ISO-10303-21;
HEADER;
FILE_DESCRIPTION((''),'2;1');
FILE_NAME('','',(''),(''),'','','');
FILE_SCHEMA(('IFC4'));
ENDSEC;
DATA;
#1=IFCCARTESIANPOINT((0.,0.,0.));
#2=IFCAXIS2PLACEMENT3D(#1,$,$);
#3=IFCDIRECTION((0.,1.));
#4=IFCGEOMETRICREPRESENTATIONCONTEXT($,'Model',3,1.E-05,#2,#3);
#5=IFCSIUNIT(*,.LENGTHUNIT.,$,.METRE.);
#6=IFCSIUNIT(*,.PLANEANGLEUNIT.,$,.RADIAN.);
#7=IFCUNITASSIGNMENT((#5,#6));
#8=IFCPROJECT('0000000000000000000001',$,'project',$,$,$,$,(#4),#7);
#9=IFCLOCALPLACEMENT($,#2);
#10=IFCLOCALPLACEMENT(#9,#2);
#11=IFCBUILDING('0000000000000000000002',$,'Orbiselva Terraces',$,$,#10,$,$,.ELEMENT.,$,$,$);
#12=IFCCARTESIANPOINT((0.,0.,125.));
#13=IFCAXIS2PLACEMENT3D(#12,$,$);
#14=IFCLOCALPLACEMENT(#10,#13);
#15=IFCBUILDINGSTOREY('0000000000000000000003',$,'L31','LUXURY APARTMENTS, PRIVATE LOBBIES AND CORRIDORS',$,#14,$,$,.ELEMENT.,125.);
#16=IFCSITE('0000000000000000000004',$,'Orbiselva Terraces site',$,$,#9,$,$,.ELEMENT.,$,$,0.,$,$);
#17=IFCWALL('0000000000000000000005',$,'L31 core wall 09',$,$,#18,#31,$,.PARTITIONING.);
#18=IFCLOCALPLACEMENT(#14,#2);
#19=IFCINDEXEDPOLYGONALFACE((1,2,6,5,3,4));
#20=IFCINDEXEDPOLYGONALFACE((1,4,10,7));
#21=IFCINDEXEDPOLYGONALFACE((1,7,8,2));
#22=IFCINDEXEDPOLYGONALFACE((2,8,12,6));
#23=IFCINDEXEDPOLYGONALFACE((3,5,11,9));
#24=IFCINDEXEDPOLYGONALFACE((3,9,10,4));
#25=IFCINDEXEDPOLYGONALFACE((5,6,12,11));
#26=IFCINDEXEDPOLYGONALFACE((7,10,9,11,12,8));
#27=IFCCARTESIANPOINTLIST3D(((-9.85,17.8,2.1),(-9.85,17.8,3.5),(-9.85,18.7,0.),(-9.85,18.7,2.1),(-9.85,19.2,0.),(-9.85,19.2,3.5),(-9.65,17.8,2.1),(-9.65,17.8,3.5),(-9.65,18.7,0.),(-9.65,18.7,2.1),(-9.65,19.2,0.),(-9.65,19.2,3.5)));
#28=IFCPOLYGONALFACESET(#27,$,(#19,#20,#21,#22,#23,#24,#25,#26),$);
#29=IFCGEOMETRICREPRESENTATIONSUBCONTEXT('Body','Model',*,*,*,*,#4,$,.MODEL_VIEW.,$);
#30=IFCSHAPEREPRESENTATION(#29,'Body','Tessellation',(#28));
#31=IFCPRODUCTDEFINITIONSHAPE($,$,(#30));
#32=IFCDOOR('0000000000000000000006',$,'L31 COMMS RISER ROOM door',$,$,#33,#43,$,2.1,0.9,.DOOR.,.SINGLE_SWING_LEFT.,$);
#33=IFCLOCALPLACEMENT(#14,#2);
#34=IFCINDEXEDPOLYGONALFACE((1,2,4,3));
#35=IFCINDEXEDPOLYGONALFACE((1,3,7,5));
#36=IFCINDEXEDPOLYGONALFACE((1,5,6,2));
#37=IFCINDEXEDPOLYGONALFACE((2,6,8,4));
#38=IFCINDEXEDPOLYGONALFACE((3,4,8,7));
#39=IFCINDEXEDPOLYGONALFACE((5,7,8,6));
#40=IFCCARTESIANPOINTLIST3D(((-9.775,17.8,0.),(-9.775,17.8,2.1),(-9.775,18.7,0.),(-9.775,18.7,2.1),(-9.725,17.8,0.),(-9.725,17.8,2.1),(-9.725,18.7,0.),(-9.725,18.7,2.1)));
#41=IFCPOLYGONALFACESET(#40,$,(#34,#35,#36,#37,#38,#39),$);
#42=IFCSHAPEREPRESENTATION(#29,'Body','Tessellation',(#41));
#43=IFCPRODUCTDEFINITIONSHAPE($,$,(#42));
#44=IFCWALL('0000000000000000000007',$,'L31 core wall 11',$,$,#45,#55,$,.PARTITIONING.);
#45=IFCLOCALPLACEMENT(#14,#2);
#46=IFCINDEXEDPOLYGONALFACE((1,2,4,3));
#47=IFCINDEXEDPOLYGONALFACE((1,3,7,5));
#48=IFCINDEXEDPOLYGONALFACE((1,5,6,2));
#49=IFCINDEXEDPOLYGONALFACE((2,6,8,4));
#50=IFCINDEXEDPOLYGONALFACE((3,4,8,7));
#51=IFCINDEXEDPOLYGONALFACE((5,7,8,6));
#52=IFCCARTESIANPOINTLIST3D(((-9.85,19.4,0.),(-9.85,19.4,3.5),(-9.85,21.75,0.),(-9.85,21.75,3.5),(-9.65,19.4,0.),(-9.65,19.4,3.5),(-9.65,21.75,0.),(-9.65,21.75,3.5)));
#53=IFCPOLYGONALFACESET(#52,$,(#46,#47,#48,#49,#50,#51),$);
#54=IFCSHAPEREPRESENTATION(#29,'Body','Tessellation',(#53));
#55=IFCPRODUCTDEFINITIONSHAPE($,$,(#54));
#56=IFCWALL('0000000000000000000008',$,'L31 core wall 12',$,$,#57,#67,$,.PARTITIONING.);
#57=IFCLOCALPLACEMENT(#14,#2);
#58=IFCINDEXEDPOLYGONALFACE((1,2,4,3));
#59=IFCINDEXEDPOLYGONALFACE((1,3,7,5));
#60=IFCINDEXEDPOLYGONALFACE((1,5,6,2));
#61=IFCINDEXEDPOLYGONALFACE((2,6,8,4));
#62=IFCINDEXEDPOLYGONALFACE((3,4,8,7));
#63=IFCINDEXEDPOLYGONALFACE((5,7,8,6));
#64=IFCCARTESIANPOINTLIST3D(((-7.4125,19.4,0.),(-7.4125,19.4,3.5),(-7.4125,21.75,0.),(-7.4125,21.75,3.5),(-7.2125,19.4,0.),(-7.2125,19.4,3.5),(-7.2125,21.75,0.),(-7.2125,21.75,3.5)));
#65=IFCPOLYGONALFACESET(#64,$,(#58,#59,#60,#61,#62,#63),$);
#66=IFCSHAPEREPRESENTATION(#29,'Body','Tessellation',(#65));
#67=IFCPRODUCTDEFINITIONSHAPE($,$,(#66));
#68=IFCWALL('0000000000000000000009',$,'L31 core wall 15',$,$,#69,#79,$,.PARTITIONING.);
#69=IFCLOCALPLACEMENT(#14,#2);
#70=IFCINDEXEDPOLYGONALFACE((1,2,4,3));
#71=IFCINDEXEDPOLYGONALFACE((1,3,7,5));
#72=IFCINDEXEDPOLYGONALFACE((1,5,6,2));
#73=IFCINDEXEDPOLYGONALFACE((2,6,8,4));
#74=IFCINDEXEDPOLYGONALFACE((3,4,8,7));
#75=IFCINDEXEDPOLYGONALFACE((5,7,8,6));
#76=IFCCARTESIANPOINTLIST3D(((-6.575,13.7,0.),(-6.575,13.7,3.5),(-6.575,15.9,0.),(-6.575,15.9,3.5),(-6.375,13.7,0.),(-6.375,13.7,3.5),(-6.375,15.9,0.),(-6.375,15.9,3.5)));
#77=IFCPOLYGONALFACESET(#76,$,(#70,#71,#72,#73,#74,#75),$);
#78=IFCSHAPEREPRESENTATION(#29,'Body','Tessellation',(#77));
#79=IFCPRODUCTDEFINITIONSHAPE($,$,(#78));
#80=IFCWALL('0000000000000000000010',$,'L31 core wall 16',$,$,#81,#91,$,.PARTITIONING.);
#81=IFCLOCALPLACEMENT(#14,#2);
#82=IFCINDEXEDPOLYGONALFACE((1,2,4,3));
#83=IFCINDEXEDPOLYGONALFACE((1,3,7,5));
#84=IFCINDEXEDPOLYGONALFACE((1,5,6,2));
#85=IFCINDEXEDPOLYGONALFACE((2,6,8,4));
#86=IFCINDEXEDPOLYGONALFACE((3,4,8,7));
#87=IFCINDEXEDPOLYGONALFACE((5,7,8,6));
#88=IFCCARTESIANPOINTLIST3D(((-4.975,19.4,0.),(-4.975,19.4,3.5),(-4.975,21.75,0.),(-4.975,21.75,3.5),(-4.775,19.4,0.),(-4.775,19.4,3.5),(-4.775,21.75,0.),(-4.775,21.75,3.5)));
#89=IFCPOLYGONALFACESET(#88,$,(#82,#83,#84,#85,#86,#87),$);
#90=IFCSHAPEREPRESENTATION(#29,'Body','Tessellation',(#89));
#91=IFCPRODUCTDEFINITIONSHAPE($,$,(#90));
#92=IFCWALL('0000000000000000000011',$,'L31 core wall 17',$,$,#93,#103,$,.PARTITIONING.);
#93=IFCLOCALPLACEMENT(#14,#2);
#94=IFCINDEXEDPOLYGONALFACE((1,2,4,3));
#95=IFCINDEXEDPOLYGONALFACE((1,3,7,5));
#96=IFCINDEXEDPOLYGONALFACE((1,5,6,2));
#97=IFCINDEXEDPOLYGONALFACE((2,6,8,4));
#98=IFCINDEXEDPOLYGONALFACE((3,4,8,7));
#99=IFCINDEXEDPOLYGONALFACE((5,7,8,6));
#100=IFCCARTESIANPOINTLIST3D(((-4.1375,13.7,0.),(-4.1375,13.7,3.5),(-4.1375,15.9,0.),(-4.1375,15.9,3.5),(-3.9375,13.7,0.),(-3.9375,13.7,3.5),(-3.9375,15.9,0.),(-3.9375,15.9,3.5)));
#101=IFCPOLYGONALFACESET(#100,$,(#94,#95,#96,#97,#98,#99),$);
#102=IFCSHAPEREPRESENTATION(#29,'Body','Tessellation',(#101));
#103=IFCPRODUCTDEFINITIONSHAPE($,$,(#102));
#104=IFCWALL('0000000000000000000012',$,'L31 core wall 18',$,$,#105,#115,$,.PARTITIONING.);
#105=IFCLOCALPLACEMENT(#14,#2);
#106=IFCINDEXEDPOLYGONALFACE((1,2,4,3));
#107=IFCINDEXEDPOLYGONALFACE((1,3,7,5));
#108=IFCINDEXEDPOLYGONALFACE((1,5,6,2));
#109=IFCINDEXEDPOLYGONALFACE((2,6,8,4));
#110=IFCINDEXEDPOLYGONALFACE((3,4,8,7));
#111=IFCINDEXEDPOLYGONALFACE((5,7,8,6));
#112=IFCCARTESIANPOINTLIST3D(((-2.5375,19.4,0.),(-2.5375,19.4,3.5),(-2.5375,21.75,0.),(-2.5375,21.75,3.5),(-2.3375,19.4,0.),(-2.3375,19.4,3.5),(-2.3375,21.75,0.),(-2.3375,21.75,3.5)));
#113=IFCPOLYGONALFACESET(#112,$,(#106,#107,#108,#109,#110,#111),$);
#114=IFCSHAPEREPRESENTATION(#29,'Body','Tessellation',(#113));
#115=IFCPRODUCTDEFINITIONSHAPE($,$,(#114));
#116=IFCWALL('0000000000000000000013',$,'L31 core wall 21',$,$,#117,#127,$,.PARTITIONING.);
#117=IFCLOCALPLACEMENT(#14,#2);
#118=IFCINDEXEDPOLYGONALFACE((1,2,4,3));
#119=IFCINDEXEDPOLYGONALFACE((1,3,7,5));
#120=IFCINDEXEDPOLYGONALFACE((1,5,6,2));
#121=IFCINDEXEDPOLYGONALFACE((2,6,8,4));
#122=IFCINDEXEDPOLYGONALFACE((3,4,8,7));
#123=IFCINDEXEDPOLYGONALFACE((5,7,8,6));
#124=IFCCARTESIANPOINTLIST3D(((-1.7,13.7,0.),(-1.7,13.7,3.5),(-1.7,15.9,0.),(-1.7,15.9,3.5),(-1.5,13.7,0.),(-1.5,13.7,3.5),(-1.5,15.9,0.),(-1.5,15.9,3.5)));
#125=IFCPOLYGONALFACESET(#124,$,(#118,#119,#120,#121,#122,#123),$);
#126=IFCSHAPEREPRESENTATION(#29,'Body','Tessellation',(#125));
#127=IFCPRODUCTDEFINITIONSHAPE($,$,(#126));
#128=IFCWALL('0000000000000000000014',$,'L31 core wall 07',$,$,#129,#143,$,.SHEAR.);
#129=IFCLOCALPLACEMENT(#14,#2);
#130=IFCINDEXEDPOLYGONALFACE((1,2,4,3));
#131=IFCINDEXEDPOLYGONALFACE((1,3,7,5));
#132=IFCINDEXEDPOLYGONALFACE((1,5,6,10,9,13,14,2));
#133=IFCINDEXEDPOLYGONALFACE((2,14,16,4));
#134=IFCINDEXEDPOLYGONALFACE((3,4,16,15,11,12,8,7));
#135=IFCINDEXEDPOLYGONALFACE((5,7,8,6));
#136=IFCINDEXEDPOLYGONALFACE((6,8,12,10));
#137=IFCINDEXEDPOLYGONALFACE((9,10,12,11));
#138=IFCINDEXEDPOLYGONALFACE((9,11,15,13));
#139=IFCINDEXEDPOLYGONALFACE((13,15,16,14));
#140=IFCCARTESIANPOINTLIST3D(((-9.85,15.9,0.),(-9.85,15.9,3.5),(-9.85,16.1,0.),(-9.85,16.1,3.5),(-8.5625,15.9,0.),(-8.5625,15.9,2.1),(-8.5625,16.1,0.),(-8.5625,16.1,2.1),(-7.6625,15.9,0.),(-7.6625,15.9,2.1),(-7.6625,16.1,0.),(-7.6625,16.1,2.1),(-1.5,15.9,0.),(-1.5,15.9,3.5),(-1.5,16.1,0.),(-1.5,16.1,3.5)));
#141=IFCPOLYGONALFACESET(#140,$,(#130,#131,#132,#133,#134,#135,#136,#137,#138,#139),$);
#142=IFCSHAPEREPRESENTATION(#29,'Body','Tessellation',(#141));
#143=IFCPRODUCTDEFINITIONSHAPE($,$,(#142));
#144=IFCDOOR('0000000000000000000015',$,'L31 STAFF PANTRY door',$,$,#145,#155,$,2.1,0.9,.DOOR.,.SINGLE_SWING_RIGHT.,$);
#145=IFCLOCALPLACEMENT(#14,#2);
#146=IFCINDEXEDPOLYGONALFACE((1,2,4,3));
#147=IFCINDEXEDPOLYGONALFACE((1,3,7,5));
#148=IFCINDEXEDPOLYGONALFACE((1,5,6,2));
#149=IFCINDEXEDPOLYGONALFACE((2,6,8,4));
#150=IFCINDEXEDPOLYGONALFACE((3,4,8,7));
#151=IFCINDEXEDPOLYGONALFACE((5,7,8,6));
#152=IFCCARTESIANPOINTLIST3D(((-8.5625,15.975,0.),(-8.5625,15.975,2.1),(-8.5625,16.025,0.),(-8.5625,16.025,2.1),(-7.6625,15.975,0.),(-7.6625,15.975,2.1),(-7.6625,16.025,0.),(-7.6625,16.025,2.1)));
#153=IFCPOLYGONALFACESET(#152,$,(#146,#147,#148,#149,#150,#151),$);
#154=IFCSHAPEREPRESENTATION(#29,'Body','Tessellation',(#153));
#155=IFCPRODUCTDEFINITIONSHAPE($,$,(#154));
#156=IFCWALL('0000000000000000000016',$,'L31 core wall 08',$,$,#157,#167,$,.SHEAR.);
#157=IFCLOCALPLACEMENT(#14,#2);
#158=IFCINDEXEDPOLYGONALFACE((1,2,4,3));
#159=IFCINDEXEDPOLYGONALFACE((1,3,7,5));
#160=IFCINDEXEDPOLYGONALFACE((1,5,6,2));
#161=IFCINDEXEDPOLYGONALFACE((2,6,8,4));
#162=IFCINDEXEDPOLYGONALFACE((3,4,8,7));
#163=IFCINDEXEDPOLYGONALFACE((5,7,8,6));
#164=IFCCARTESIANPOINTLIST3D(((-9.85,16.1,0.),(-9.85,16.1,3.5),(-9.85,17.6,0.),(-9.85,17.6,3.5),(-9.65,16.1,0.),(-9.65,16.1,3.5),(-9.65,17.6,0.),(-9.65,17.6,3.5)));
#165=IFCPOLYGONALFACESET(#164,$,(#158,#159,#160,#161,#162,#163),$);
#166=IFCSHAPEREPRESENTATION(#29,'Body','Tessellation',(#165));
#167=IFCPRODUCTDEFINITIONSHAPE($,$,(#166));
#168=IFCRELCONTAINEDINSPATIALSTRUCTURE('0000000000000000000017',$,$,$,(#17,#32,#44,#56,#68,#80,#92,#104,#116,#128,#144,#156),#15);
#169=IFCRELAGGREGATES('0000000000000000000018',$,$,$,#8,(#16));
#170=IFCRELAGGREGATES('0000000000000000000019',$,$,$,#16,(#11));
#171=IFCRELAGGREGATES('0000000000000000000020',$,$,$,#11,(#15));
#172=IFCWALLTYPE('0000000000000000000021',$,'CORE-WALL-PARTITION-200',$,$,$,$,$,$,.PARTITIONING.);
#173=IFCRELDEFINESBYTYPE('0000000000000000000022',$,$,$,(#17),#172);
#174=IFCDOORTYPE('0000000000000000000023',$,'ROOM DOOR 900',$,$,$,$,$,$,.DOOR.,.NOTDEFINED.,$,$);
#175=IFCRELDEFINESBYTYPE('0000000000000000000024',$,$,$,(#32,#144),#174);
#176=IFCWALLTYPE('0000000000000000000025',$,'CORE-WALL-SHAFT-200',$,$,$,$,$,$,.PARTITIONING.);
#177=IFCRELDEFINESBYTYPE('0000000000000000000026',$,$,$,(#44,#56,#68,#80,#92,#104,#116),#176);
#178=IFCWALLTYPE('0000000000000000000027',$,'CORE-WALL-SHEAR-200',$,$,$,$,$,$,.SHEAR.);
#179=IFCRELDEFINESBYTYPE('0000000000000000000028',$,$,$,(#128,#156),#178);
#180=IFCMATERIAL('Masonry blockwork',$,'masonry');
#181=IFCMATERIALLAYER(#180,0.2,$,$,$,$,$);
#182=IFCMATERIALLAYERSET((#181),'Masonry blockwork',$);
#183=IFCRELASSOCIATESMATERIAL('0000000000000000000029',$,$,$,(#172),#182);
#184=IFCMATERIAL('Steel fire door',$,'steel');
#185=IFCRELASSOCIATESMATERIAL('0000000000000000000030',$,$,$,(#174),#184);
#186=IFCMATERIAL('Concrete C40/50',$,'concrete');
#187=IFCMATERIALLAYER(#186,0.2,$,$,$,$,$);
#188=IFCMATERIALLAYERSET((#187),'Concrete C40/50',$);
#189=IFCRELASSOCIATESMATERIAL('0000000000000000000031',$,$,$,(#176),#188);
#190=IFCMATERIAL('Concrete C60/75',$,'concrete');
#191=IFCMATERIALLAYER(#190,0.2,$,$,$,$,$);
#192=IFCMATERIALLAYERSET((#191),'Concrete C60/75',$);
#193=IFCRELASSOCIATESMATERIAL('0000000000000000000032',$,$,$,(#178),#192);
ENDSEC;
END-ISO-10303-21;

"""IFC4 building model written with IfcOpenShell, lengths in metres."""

from ifc_helpers import new_model, si_unit, direction, frame, frame_2d, origin, place, context, subcontext, project, spatial, rectangle, extrude, material, layer, layer_set, type_object, element, fill, save


model = new_model("IFC4")

# Units and contexts
model_context = context("Model", 3, precision=1e-05, world=origin(), true_north=direction((0.0, 1.0)))
body_context = subcontext(model_context, "Body", "Model", "MODEL_VIEW")
ifc_project = project(units=[si_unit("LENGTHUNIT", "METRE"), si_unit("PLANEANGLEUNIT", "RADIAN")], contexts=[model_context])

# Site, building, storey
site_placement = place(None, origin())
site = spatial("IfcSite", under=ifc_project, at=site_placement, Name="Orbiselva Terraces site", CompositionType="ELEMENT", RefElevation=0.0)
building_placement = place(site_placement, origin())
building = spatial("IfcBuilding", under=site, at=building_placement, Name="Orbiselva Terraces", CompositionType="ELEMENT")
storey_placement = place(building_placement, frame((0.0, 0.0, 125.0)))
storey = spatial("IfcBuildingStorey", under=building, at=storey_placement, Name="L31", Description="LUXURY APARTMENTS, PRIVATE LOBBIES AND CORRIDORS", CompositionType="ELEMENT", Elevation=125.0)

# Wall, opening, door
ifc_material_1 = material(Name="Masonry blockwork", Category="masonry")
ifc_layer_1 = layer(ifc_material_1, 0.2)
ifc_layer_set_1 = layer_set([ifc_layer_1], Name="Masonry blockwork")
wall_type_1 = type_object("IfcWallType", Name="CORE-WALL-PARTITION-200", PredefinedType="PARTITIONING", material=ifc_layer_set_1)
wall_1_placement = place(storey_placement, frame((-9.75, 17.8, 0.0), z_axis=(0.0, 0.0, 1.0), x_axis=(0.0, 1.0, 0.0)))
wall_1 = element("IfcWall", 1, at=wall_1_placement, inside=storey, type_object=wall_type_1, Name="L31 core wall 09", PredefinedType="PARTITIONING", context=body_context, shape_type="SweptSolid", body=[
    extrude(rectangle(XDim=1.4, YDim=0.2, at=frame_2d((0.7, 0.0))), origin(), (0.0, 0.0, 1.0), 3.5),
])
opening_1_placement = place(wall_1_placement, origin())
opening_1 = element("IfcOpeningElement", 2, at=opening_1_placement, cuts=wall_1, PredefinedType="OPENING", context=body_context, shape_type="SweptSolid", body=[
    extrude(rectangle(XDim=0.9, YDim=2.1, at=frame_2d((0.45, 1.05))), frame((0.0, 0.11, 0.0), z_axis=(0.0, -1.0, 0.0), x_axis=(1.0, 0.0, 0.0)), (0.0, 0.0, 1.0), 0.22),
])
ifc_material_2 = material(Name="Steel fire door", Category="steel")
door_type_1 = type_object("IfcDoorType", Name="ROOM DOOR 900", OperationType="NOTDEFINED", PredefinedType="DOOR", material=ifc_material_2)
door_1_placement = place(opening_1_placement, origin())
door_1 = element("IfcDoor", 3, at=door_1_placement, inside=storey, type_object=door_type_1, Name="L31 COMMS RISER ROOM door", OperationType="SINGLE_SWING_LEFT", OverallHeight=2.1, OverallWidth=0.9, PredefinedType="DOOR", context=body_context, shape_type="SweptSolid", body=[
    extrude(rectangle(XDim=0.9, YDim=2.1, at=frame_2d((0.45, 1.05))), frame((0.0, 0.025, 0.0), z_axis=(0.0, -1.0, 0.0), x_axis=(1.0, 0.0, 0.0)), (0.0, 0.0, 1.0), 0.05),
])
fill(opening_1, door_1)

# Walls
ifc_material_3 = material(Name="Concrete C40/50", Category="concrete")
ifc_layer_2 = layer(ifc_material_3, 0.2)
ifc_layer_set_2 = layer_set([ifc_layer_2], Name="Concrete C40/50")
wall_type_2 = type_object("IfcWallType", Name="CORE-WALL-SHAFT-200", PredefinedType="PARTITIONING", material=ifc_layer_set_2)
for number, where, z_axis, x_axis, name in (
    (4, (-9.75, 19.4, 0.0), (0.0, 0.0, 1.0), (0.0, 1.0, 0.0), "L31 core wall 11"),
    (5, (-7.3125, 19.4, 0.0), (0.0, 0.0, 1.0), (0.0, 1.0, 0.0), "L31 core wall 12"),
):
    element("IfcWall", number, at=place(storey_placement, frame(where, z_axis=z_axis, x_axis=x_axis)), inside=storey, type_object=wall_type_2, Name=name, PredefinedType="PARTITIONING", context=body_context, shape_type="SweptSolid", body=[
        extrude(rectangle(XDim=2.35, YDim=0.2, at=frame_2d((1.175, 0.0))), origin(), (0.0, 0.0, 1.0), 3.5),
    ])
wall_2_placement = place(storey_placement, frame((-6.475, 13.7, 0.0), z_axis=(0.0, 0.0, 1.0), x_axis=(0.0, 1.0, 0.0)))
element("IfcWall", 6, at=wall_2_placement, inside=storey, type_object=wall_type_2, Name="L31 core wall 15", PredefinedType="PARTITIONING", context=body_context, shape_type="SweptSolid", body=[
    extrude(rectangle(XDim=2.2, YDim=0.2, at=frame_2d((1.1, 0.0))), origin(), (0.0, 0.0, 1.0), 3.5),
])
wall_3_placement = place(storey_placement, frame((-4.875, 19.4, 0.0), z_axis=(0.0, 0.0, 1.0), x_axis=(0.0, 1.0, 0.0)))
element("IfcWall", 7, at=wall_3_placement, inside=storey, type_object=wall_type_2, Name="L31 core wall 16", PredefinedType="PARTITIONING", context=body_context, shape_type="SweptSolid", body=[
    extrude(rectangle(XDim=2.35, YDim=0.2, at=frame_2d((1.175, 0.0))), origin(), (0.0, 0.0, 1.0), 3.5),
])
wall_4_placement = place(storey_placement, frame((-4.0375, 13.7, 0.0), z_axis=(0.0, 0.0, 1.0), x_axis=(0.0, 1.0, 0.0)))
element("IfcWall", 8, at=wall_4_placement, inside=storey, type_object=wall_type_2, Name="L31 core wall 17", PredefinedType="PARTITIONING", context=body_context, shape_type="SweptSolid", body=[
    extrude(rectangle(XDim=2.2, YDim=0.2, at=frame_2d((1.1, 0.0))), origin(), (0.0, 0.0, 1.0), 3.5),
])
wall_5_placement = place(storey_placement, frame((-2.4375, 19.4, 0.0), z_axis=(0.0, 0.0, 1.0), x_axis=(0.0, 1.0, 0.0)))
element("IfcWall", 9, at=wall_5_placement, inside=storey, type_object=wall_type_2, Name="L31 core wall 18", PredefinedType="PARTITIONING", context=body_context, shape_type="SweptSolid", body=[
    extrude(rectangle(XDim=2.35, YDim=0.2, at=frame_2d((1.175, 0.0))), origin(), (0.0, 0.0, 1.0), 3.5),
])
wall_6_placement = place(storey_placement, frame((-1.6, 13.7, 0.0), z_axis=(0.0, 0.0, 1.0), x_axis=(0.0, 1.0, 0.0)))
element("IfcWall", 10, at=wall_6_placement, inside=storey, type_object=wall_type_2, Name="L31 core wall 21", PredefinedType="PARTITIONING", context=body_context, shape_type="SweptSolid", body=[
    extrude(rectangle(XDim=2.2, YDim=0.2, at=frame_2d((1.1, 0.0))), origin(), (0.0, 0.0, 1.0), 3.5),
])

# Wall, opening, door
ifc_material_4 = material(Name="Concrete C60/75", Category="concrete")
ifc_layer_3 = layer(ifc_material_4, 0.2)
ifc_layer_set_3 = layer_set([ifc_layer_3], Name="Concrete C60/75")
wall_type_3 = type_object("IfcWallType", Name="CORE-WALL-SHEAR-200", PredefinedType="SHEAR", material=ifc_layer_set_3)
wall_7_placement = place(storey_placement, frame((-1.5, 16.0, 0.0), z_axis=(0.0, 0.0, 1.0), x_axis=(-1.0, 0.0, 0.0)))
wall_7 = element("IfcWall", 11, at=wall_7_placement, inside=storey, type_object=wall_type_3, Name="L31 core wall 07", PredefinedType="SHEAR", context=body_context, shape_type="SweptSolid", body=[
    extrude(rectangle(XDim=8.35, YDim=0.2, at=frame_2d((4.175, 0.0))), origin(), (0.0, 0.0, 1.0), 3.5),
])
opening_2_placement = place(wall_7_placement, frame((6.1625, 0.0, 0.0)))
opening_2 = element("IfcOpeningElement", 12, at=opening_2_placement, cuts=wall_7, PredefinedType="OPENING", context=body_context, shape_type="SweptSolid", body=[
    extrude(rectangle(XDim=0.9, YDim=2.1, at=frame_2d((0.45, 1.05))), frame((0.0, 0.11, 0.0), z_axis=(0.0, -1.0, 0.0), x_axis=(1.0, 0.0, 0.0)), (0.0, 0.0, 1.0), 0.22),
])
door_2_placement = place(opening_2_placement, origin())
door_2 = element("IfcDoor", 13, at=door_2_placement, inside=storey, type_object=door_type_1, Name="L31 STAFF PANTRY door", OperationType="SINGLE_SWING_RIGHT", OverallHeight=2.1, OverallWidth=0.9, PredefinedType="DOOR", context=body_context, shape_type="SweptSolid", body=[
    extrude(rectangle(XDim=0.9, YDim=2.1, at=frame_2d((0.45, 1.05))), frame((0.0, 0.025, 0.0), z_axis=(0.0, -1.0, 0.0), x_axis=(1.0, 0.0, 0.0)), (0.0, 0.0, 1.0), 0.05),
])
fill(opening_2, door_2)

# Wall
wall_8_placement = place(storey_placement, frame((-9.75, 16.1, 0.0), z_axis=(0.0, 0.0, 1.0), x_axis=(0.0, 1.0, 0.0)))
element("IfcWall", 14, at=wall_8_placement, inside=storey, type_object=wall_type_3, Name="L31 core wall 08", PredefinedType="SHEAR", context=body_context, shape_type="SweptSolid", body=[
    extrude(rectangle(XDim=1.5, YDim=0.2, at=frame_2d((0.75, 0.0))), origin(), (0.0, 0.0, 1.0), 3.5),
])

save(model, "model.ifc")
